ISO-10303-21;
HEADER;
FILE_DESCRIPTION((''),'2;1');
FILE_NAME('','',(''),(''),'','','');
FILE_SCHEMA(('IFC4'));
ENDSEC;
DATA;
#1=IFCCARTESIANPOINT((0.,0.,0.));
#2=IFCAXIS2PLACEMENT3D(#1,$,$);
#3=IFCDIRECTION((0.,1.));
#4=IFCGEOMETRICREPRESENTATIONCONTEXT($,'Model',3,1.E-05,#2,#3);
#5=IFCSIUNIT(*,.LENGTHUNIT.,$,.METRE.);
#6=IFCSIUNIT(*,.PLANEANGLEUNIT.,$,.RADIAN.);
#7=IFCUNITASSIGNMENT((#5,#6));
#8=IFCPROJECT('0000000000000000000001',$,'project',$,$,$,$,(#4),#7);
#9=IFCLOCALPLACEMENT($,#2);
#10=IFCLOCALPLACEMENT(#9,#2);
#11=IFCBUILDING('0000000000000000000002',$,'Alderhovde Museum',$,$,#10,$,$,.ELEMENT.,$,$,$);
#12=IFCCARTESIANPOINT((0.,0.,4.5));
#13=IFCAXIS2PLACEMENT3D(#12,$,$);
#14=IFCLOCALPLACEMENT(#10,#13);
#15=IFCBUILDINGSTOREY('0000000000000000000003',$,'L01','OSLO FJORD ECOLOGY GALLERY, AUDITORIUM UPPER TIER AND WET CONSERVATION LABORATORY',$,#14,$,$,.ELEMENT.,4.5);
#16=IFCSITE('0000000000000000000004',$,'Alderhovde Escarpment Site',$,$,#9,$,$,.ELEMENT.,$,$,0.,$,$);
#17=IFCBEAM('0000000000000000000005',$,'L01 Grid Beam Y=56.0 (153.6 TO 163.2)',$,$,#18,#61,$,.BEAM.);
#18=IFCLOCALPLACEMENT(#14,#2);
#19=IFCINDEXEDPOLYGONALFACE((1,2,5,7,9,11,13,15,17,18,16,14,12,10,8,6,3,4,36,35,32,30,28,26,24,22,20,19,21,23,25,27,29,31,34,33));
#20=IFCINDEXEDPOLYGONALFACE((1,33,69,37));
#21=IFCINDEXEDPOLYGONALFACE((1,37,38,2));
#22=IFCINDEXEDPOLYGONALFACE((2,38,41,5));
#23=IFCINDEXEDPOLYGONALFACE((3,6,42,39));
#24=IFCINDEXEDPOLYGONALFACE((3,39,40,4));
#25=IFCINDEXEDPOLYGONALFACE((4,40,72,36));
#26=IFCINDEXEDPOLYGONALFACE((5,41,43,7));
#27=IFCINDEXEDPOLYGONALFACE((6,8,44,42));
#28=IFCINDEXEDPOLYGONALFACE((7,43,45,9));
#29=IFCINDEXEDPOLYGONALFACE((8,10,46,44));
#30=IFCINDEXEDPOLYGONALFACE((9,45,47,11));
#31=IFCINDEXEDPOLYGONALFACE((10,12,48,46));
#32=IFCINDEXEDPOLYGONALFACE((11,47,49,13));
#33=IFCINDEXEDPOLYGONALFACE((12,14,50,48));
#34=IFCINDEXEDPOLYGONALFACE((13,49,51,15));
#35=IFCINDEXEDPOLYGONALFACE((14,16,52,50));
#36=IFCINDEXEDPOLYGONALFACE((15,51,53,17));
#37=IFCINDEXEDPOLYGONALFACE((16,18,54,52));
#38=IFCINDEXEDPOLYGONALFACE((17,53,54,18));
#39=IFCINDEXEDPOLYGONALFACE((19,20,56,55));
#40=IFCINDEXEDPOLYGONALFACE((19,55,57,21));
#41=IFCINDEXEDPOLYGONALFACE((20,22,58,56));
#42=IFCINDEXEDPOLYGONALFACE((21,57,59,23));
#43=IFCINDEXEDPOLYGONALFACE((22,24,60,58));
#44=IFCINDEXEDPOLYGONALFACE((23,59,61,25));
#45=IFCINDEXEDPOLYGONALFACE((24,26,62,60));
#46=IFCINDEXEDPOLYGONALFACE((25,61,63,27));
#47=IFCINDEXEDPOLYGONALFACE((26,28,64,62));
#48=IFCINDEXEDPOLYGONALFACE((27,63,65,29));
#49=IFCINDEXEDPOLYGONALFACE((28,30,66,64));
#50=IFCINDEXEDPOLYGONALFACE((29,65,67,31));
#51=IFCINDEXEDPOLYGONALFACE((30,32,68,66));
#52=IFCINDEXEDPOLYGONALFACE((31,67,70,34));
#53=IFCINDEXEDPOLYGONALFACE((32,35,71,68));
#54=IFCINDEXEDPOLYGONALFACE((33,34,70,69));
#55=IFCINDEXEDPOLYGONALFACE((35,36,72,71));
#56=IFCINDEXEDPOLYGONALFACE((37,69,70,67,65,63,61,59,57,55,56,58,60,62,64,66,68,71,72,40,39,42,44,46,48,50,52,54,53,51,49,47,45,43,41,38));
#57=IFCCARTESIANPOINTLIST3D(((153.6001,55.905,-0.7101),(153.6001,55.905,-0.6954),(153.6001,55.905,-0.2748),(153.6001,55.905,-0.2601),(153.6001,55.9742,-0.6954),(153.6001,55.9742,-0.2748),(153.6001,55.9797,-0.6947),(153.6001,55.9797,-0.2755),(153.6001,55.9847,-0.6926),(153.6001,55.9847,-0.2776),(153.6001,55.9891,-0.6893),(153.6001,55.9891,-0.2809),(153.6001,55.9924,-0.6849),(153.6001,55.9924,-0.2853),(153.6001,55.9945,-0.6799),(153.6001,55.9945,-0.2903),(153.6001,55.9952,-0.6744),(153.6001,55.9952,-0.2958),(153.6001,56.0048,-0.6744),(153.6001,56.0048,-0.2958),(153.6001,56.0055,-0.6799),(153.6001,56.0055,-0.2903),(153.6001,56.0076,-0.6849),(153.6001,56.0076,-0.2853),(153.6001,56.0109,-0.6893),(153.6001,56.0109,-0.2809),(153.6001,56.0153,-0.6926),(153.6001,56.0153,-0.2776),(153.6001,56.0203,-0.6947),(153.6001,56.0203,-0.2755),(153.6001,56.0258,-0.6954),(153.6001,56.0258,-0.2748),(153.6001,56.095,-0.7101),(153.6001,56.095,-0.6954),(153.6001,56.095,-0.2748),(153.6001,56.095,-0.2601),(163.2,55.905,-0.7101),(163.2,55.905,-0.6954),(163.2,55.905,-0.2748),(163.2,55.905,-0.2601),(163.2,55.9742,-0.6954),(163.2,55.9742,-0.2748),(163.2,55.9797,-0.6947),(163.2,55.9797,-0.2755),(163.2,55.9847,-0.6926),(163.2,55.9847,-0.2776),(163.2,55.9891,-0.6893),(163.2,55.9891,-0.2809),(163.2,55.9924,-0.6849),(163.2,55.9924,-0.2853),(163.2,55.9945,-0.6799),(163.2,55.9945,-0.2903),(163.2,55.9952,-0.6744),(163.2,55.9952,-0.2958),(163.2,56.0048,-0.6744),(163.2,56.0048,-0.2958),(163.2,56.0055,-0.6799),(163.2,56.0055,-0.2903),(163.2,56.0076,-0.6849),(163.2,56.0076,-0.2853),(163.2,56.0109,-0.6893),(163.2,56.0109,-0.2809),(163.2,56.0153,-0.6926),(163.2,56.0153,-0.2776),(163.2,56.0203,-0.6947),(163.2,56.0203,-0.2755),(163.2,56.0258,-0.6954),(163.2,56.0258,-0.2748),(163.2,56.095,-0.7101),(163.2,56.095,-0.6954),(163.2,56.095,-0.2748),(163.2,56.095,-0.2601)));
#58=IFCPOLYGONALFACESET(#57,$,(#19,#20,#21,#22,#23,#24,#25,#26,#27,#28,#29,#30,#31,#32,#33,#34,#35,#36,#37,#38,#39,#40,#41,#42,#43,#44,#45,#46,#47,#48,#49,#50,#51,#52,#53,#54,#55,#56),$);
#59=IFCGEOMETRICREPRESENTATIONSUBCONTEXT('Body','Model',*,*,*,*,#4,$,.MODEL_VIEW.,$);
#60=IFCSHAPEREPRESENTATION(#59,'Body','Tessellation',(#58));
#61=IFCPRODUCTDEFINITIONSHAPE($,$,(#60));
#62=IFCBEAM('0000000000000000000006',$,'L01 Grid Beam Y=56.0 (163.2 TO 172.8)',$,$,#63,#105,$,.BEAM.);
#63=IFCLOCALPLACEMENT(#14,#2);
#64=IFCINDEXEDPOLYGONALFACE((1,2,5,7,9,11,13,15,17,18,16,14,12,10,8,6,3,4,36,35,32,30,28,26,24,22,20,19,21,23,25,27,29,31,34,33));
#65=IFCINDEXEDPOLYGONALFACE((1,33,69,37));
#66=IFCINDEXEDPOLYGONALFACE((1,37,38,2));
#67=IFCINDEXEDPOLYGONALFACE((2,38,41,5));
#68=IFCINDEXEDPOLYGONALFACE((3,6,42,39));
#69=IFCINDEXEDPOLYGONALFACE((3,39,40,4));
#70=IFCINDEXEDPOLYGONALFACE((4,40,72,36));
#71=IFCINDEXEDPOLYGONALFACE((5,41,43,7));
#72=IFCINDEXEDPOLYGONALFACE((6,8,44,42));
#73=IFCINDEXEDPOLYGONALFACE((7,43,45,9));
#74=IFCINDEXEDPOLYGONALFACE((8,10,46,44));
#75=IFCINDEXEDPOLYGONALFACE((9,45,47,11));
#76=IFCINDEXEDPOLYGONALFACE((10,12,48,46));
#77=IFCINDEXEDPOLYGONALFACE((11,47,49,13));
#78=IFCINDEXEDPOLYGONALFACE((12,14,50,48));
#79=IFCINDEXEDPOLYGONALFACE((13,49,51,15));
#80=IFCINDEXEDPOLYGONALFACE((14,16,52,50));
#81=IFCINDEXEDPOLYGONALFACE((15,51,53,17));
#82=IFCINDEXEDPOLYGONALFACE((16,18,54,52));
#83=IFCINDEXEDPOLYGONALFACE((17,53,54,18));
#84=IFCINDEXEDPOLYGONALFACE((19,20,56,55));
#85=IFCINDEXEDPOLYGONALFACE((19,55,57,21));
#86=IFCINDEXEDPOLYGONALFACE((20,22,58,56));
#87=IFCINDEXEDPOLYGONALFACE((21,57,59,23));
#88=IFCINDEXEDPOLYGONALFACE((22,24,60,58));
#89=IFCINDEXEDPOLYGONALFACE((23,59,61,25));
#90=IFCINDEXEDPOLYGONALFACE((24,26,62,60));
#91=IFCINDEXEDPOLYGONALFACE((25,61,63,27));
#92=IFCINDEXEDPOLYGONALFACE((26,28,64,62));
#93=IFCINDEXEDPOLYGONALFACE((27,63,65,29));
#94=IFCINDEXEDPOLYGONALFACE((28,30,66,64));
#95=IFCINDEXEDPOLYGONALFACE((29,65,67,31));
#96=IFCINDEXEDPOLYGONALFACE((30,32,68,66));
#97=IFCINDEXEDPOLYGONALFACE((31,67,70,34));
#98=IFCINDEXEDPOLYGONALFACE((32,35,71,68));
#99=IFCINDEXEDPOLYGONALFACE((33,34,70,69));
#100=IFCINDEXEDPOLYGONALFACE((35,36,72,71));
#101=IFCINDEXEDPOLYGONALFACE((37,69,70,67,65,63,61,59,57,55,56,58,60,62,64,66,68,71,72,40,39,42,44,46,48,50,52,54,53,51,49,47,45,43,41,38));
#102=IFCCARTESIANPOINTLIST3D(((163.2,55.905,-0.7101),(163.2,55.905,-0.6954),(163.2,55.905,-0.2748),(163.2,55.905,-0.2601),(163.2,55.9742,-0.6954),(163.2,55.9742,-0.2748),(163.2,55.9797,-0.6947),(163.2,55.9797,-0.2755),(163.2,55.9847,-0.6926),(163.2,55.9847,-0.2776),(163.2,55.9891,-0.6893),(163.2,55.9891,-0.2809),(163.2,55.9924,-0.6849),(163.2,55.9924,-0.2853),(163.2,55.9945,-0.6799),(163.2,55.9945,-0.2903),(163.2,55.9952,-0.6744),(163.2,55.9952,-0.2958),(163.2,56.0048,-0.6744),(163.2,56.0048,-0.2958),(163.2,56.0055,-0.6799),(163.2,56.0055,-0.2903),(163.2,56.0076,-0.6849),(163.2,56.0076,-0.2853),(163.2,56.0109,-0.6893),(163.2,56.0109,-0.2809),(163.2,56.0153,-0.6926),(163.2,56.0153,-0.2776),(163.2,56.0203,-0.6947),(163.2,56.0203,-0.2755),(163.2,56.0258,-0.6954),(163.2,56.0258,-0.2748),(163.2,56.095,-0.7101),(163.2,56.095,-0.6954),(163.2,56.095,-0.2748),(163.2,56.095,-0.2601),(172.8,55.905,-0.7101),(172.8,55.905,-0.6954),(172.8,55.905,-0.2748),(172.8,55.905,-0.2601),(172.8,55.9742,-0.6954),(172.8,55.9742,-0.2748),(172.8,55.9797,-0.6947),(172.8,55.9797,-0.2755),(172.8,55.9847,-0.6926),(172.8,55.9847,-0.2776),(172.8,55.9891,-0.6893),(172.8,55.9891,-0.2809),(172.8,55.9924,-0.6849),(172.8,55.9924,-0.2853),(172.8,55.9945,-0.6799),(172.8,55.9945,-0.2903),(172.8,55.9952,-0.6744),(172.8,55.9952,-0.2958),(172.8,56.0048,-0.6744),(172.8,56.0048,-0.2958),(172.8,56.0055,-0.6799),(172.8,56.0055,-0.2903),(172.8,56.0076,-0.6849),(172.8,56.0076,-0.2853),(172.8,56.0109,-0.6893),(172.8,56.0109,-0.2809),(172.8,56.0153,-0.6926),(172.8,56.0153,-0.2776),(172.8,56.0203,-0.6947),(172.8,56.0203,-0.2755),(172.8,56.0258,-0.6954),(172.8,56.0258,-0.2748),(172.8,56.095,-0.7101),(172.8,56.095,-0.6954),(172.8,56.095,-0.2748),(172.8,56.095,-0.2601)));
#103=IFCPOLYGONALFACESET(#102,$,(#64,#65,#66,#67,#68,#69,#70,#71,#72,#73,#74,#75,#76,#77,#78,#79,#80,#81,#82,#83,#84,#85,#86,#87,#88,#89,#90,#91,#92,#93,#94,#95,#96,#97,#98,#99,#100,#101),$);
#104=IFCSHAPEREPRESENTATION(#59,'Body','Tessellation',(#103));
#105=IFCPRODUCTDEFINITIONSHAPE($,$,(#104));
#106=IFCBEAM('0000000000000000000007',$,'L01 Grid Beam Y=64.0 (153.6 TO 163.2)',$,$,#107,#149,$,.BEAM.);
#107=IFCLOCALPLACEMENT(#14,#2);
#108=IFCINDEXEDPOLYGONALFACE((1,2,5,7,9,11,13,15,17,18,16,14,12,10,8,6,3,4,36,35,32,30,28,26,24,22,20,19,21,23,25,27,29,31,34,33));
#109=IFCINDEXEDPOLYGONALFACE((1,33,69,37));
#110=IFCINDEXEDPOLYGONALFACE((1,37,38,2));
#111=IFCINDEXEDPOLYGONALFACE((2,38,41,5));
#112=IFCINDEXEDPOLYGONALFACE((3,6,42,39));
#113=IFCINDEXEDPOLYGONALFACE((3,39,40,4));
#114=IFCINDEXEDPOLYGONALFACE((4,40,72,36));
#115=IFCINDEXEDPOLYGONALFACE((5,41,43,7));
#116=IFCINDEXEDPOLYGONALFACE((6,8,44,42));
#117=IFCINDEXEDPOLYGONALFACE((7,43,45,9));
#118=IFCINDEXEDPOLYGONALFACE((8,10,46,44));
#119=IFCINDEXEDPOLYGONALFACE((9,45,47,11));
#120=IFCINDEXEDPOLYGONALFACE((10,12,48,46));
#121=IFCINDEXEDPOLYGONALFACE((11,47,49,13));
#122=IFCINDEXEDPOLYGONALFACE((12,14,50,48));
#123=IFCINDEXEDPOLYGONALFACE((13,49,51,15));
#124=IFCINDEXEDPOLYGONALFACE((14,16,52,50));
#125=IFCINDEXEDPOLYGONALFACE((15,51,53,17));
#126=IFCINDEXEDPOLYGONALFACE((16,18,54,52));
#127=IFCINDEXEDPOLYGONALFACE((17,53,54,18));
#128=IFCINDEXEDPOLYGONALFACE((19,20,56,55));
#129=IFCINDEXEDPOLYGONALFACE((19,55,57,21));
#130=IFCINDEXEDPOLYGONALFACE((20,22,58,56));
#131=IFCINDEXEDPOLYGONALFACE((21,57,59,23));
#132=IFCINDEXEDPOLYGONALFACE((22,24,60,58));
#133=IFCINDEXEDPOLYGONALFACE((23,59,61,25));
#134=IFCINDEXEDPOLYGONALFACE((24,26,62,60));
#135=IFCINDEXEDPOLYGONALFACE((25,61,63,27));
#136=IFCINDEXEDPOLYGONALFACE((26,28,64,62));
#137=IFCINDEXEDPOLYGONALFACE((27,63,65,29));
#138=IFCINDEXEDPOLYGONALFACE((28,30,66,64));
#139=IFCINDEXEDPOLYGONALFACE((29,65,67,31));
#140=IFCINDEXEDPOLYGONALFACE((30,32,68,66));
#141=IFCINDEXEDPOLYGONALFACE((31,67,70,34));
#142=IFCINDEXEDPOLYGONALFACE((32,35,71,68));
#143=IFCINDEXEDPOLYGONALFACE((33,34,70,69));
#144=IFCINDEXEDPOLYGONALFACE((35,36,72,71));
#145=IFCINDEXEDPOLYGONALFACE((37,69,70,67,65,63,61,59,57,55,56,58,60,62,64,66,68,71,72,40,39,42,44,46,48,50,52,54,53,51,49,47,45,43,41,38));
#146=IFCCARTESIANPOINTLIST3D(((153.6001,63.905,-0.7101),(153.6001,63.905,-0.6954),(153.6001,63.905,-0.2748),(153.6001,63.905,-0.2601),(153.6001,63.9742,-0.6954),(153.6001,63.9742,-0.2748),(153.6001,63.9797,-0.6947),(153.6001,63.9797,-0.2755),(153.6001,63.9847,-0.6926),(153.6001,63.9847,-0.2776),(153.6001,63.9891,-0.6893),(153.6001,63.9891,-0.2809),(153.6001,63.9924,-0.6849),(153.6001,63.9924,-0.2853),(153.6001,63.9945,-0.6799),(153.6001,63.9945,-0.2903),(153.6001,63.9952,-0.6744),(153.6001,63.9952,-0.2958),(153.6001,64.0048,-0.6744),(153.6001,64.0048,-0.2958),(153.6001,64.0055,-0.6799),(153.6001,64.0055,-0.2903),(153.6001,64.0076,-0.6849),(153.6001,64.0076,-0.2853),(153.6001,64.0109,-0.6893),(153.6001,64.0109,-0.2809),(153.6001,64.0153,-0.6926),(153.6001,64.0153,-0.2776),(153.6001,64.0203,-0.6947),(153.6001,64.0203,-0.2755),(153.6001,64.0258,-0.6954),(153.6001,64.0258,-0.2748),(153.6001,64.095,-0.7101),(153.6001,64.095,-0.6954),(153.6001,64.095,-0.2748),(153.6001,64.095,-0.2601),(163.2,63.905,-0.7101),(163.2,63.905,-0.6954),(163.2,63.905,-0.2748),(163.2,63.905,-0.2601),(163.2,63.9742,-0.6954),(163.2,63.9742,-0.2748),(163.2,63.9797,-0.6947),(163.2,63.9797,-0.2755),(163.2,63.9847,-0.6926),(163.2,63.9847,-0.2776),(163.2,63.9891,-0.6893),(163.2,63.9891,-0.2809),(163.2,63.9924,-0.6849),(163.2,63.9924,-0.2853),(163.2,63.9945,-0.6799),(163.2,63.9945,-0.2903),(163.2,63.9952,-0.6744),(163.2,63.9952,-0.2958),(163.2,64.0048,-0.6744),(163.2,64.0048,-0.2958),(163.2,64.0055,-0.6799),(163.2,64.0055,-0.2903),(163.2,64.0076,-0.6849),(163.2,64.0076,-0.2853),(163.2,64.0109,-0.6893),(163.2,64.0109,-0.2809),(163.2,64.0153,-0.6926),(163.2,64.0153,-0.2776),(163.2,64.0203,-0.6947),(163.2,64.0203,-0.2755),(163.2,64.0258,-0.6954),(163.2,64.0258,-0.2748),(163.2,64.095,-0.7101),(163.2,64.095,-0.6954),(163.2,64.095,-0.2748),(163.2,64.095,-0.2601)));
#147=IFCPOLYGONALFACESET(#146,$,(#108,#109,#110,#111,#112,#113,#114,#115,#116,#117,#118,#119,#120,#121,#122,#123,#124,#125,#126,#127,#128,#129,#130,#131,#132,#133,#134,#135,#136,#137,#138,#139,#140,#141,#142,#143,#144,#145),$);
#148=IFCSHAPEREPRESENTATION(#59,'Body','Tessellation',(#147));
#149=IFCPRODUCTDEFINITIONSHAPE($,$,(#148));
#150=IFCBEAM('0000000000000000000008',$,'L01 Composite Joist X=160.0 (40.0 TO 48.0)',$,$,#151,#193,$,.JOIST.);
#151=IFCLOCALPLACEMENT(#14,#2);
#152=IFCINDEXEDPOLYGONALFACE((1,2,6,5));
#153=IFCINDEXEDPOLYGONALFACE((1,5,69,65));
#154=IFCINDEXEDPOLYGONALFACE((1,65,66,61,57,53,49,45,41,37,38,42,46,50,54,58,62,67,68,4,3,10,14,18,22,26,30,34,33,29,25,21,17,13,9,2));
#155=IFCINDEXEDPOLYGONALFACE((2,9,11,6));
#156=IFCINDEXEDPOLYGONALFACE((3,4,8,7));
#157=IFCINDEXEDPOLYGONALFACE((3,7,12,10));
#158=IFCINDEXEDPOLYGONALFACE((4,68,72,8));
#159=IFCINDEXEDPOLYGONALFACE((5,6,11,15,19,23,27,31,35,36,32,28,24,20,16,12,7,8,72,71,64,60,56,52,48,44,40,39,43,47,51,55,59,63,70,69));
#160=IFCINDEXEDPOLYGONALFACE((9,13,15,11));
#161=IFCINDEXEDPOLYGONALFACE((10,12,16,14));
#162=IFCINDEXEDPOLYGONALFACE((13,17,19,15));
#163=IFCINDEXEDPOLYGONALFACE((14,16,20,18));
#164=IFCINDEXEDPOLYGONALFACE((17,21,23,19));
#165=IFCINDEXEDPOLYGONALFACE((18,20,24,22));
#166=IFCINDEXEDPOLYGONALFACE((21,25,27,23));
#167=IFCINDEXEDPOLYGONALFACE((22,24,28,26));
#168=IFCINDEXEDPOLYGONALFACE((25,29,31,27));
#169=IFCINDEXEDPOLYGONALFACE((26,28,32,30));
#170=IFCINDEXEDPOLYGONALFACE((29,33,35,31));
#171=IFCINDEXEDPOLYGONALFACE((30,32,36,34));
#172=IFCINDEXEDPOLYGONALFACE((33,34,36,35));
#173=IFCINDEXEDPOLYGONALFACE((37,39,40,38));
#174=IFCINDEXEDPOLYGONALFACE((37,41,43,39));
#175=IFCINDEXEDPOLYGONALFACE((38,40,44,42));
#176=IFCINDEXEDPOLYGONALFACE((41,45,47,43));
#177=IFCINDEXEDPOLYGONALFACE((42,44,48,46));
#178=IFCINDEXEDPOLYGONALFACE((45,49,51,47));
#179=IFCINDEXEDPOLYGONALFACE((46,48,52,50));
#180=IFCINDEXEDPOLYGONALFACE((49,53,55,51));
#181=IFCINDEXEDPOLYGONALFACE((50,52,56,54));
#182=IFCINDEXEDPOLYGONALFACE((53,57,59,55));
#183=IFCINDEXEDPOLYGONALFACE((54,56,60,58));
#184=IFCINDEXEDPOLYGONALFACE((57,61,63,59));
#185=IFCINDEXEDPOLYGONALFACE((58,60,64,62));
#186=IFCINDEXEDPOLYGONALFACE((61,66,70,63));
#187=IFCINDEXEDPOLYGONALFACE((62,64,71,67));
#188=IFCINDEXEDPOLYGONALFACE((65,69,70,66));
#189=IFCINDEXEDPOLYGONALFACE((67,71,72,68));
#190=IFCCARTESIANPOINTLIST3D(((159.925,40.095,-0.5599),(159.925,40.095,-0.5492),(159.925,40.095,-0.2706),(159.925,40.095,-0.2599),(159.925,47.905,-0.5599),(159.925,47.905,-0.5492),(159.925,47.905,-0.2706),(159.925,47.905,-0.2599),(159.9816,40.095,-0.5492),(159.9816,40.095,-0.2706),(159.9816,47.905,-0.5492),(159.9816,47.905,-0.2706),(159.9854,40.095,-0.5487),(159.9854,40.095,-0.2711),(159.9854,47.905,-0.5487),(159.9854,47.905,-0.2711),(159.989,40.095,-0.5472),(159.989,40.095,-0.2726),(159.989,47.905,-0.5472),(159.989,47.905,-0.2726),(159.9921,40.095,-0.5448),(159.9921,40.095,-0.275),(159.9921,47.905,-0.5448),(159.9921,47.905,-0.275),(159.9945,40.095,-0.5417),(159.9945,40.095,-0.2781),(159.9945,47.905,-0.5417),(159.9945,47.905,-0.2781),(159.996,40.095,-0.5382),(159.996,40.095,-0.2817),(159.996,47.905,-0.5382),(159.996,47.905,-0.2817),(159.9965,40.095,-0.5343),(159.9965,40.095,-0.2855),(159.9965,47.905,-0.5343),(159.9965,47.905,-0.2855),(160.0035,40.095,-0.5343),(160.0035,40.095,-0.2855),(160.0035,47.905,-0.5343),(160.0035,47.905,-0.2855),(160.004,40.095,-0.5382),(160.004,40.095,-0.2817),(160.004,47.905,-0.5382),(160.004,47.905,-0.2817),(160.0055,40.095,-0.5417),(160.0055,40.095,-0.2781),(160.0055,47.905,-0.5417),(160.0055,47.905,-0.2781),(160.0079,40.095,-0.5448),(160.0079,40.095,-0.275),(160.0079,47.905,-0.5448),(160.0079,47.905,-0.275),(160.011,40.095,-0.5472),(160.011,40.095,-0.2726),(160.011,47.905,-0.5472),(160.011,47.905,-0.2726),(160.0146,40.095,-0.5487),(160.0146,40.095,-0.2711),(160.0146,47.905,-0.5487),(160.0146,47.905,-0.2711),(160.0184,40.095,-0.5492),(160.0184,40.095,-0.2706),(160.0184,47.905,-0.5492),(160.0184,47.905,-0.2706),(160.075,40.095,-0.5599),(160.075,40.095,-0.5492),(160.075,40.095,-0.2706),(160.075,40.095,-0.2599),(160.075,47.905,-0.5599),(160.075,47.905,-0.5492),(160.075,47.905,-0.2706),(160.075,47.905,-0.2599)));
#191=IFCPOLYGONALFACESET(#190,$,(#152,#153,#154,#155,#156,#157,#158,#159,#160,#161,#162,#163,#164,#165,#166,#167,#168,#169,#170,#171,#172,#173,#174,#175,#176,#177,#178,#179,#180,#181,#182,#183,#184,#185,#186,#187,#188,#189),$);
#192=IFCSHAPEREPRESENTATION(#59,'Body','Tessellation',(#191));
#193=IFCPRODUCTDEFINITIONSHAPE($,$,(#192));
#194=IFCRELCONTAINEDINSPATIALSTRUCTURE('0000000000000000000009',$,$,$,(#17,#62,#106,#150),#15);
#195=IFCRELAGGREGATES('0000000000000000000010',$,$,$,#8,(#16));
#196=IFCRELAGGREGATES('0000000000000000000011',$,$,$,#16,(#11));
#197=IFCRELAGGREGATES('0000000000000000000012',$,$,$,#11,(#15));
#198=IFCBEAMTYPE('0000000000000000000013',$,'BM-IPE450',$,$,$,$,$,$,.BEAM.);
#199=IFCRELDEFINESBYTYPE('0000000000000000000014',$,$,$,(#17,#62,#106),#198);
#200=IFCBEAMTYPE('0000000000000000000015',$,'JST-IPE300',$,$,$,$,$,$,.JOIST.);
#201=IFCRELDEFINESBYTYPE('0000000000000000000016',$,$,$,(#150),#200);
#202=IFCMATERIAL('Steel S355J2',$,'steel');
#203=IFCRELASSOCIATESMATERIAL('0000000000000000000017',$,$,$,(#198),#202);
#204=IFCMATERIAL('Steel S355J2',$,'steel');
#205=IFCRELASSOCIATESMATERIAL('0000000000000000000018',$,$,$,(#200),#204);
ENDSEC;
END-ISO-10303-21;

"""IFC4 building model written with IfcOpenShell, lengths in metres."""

from ifc_helpers import new_model, si_unit, direction, frame, origin, origin_2d, place, context, subcontext, project, spatial, i_section, extrude, material, material_profile, profile_set, type_object, element, save


model = new_model("IFC4")

# Units and contexts
model_context = context("Model", 3, precision=1e-05, world=origin(), true_north=direction((0.0, 1.0)))
body_context = subcontext(model_context, "Body", "Model", "MODEL_VIEW")
ifc_project = project(units=[si_unit("LENGTHUNIT", "METRE"), si_unit("PLANEANGLEUNIT", "RADIAN")], contexts=[model_context])

# Site, building, storey
site_placement = place(None, origin())
site = spatial("IfcSite", under=ifc_project, at=site_placement, Name="Alderhovde Escarpment Site", CompositionType="ELEMENT", RefElevation=0.0)
building_placement = place(site_placement, origin())
building = spatial("IfcBuilding", under=site, at=building_placement, Name="Alderhovde Museum", CompositionType="ELEMENT")
storey_placement = place(building_placement, frame((0.0, 0.0, 4.5)))
storey = spatial("IfcBuildingStorey", under=building, at=storey_placement, Name="L01", Description="OSLO FJORD ECOLOGY GALLERY, AUDITORIUM UPPER TIER AND WET CONSERVATION LABORATORY", CompositionType="ELEMENT", Elevation=4.5)

# Beams
ifc_material_1 = material(Name="Steel S355J2", Category="steel")
ifc_material_profile_1 = material_profile(ifc_material_1, i_section(OverallWidth=0.1899, OverallDepth=0.45, WebThickness=0.0095, FlangeThickness=0.0146, FilletRadius=0.021, at=origin_2d()), Name="IPE 450")
ifc_profile_set_1 = profile_set([ifc_material_profile_1], Name="Steel S355J2")
beam_type_1 = type_object("IfcBeamType", Name="BM-IPE450", PredefinedType="BEAM", material=ifc_profile_set_1)
beam_1_placement = place(storey_placement, frame((153.6001, 56.0, -0.4851), z_axis=(1.0, 0.0, 0.0), x_axis=(0.0, 1.0, 0.0)))
element("IfcBeam", 1, at=beam_1_placement, inside=storey, type_object=beam_type_1, Name="L01 Grid Beam Y=56.0 (153.6 TO 163.2)", PredefinedType="BEAM", context=body_context, shape_type="SweptSolid", body=[
    extrude(i_section(OverallWidth=0.1899, OverallDepth=0.45, WebThickness=0.0095, FlangeThickness=0.0146, FilletRadius=0.021, at=origin_2d()), origin(), (0.0, 0.0, 1.0), 9.5999),
])
beam_2_placement = place(storey_placement, frame((163.2, 56.0, -0.4851), z_axis=(1.0, 0.0, 0.0), x_axis=(0.0, 1.0, 0.0)))
element("IfcBeam", 2, at=beam_2_placement, inside=storey, type_object=beam_type_1, Name="L01 Grid Beam Y=56.0 (163.2 TO 172.8)", PredefinedType="BEAM", context=body_context, shape_type="SweptSolid", body=[
    extrude(i_section(OverallWidth=0.1899, OverallDepth=0.45, WebThickness=0.0095, FlangeThickness=0.0146, FilletRadius=0.021, at=origin_2d()), origin(), (0.0, 0.0, 1.0), 9.6001),
])
beam_3_placement = place(storey_placement, frame((153.6001, 64.0, -0.4851), z_axis=(1.0, 0.0, 0.0), x_axis=(0.0, 1.0, 0.0)))
element("IfcBeam", 3, at=beam_3_placement, inside=storey, type_object=beam_type_1, Name="L01 Grid Beam Y=64.0 (153.6 TO 163.2)", PredefinedType="BEAM", context=body_context, shape_type="SweptSolid", body=[
    extrude(i_section(OverallWidth=0.1899, OverallDepth=0.45, WebThickness=0.0095, FlangeThickness=0.0146, FilletRadius=0.021, at=origin_2d()), origin(), (0.0, 0.0, 1.0), 9.5999),
])
ifc_material_2 = material(Name="Steel S355J2", Category="steel")
ifc_material_profile_2 = material_profile(ifc_material_2, i_section(OverallWidth=0.1499, OverallDepth=0.3, WebThickness=0.0071, FlangeThickness=0.0107, FilletRadius=0.0149, at=origin_2d()), Name="IPE 300")
ifc_profile_set_2 = profile_set([ifc_material_profile_2], Name="Steel S355J2")
beam_type_2 = type_object("IfcBeamType", Name="JST-IPE300", PredefinedType="JOIST", material=ifc_profile_set_2)
for number, where, z_axis, x_axis, name in (
    (4, (160.0, 40.095, -0.4099), (0.0, 1.0, 0.0), (-1.0, 0.0, 0.0), "L01 Composite Joist X=160.0 (40.0 TO 48.0)"),
):
    element("IfcBeam", number, at=place(storey_placement, frame(where, z_axis=z_axis, x_axis=x_axis)), inside=storey, type_object=beam_type_2, Name=name, PredefinedType="JOIST", context=body_context, shape_type="SweptSolid", body=[
        extrude(i_section(OverallWidth=0.1499, OverallDepth=0.3, WebThickness=0.0071, FlangeThickness=0.0107, FilletRadius=0.0149, at=origin_2d()), origin(), (0.0, 0.0, 1.0), 7.8101),
    ])

save(model, "model.ifc")
